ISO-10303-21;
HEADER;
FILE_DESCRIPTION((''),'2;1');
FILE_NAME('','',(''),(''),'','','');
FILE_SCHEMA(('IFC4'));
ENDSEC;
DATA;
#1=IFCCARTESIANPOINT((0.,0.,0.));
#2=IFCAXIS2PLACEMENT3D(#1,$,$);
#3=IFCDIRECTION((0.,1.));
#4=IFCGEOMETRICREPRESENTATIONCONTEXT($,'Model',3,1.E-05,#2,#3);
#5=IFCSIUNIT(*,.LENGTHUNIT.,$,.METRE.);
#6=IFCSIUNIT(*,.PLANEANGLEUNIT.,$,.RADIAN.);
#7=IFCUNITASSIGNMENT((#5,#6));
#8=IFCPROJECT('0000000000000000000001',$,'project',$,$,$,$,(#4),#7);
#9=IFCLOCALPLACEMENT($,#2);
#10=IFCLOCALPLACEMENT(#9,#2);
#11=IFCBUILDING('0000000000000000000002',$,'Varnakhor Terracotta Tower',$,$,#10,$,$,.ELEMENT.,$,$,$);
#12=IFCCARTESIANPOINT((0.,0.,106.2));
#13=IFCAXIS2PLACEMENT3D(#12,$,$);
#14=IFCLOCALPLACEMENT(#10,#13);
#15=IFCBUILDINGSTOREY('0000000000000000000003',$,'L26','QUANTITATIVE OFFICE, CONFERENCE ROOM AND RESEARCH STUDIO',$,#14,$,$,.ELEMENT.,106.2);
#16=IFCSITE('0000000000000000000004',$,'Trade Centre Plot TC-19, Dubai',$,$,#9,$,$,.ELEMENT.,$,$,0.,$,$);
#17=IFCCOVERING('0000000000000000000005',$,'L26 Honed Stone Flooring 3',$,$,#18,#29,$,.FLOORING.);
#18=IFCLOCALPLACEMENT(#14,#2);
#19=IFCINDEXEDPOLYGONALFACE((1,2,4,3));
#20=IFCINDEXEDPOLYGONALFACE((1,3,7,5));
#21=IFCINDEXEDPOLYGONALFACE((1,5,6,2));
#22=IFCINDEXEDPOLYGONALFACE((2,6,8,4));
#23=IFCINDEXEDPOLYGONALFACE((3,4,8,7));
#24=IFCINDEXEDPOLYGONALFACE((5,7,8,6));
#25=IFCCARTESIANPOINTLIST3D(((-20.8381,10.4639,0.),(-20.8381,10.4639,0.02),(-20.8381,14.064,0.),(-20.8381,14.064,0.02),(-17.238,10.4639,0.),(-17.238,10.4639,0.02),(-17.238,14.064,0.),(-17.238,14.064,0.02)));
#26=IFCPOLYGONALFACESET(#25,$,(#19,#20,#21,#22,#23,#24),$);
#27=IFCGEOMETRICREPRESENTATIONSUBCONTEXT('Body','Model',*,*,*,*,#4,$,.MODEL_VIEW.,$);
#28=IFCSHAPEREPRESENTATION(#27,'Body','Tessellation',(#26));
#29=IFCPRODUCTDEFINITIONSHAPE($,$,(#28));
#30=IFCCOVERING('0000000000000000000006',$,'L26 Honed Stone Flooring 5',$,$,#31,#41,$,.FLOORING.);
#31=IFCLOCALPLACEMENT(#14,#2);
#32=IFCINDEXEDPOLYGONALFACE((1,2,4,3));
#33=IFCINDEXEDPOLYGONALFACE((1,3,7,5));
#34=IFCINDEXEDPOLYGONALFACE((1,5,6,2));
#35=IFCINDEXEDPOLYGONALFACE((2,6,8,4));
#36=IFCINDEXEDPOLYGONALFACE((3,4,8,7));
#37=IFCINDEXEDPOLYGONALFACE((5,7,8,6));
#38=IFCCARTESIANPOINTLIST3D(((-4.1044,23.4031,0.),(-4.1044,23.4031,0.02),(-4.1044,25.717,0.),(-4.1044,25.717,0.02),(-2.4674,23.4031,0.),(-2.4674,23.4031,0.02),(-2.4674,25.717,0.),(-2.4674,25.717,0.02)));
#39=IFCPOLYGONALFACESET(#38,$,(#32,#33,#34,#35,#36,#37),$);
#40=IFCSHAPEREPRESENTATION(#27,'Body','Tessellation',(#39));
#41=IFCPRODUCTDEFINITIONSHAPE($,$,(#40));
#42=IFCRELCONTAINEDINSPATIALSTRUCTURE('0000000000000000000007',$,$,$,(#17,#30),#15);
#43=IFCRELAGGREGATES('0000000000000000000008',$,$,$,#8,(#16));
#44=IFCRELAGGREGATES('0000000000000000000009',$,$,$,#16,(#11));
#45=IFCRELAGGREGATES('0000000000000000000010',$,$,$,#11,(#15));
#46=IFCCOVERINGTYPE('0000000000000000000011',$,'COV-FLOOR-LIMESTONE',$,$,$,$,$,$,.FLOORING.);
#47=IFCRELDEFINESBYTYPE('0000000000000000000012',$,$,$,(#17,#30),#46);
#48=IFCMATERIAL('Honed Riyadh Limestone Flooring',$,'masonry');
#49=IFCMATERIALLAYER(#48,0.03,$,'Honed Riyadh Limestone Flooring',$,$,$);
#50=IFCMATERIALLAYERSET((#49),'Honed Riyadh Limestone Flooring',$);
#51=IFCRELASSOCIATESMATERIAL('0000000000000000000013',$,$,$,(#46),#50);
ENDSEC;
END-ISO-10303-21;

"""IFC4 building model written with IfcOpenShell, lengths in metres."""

from ifc_helpers import new_model, si_unit, direction, frame, origin, origin_2d, place, context, subcontext, project, spatial, rectangle, extrude, source, transform, mapped, material, layer, layer_set, type_object, element, save


model = new_model("IFC4")

# Units and contexts
model_context = context("Model", 3, precision=1e-05, world=origin(), true_north=direction((0.0, 1.0)))
body_context = subcontext(model_context, "Body", "Model", "MODEL_VIEW")
ifc_project = project(units=[si_unit("LENGTHUNIT", "METRE"), si_unit("PLANEANGLEUNIT", "RADIAN")], contexts=[model_context])

# Site, building, storey
site_placement = place(None, origin())
site = spatial("IfcSite", under=ifc_project, at=site_placement, Name="Trade Centre Plot TC-19, Dubai", CompositionType="ELEMENT", RefElevation=0.0)
building_placement = place(site_placement, origin())
building = spatial("IfcBuilding", under=site, at=building_placement, Name="Varnakhor Terracotta Tower", CompositionType="ELEMENT")
storey_placement = place(building_placement, frame((0.0, 0.0, 106.2)))
storey = spatial("IfcBuildingStorey", under=building, at=storey_placement, Name="L26", Description="QUANTITATIVE OFFICE, CONFERENCE ROOM AND RESEARCH STUDIO", CompositionType="ELEMENT", Elevation=106.2)

# Coverings
ifc_material_1 = material(Name="Honed Riyadh Limestone Flooring", Category="masonry")
ifc_layer_1 = layer(ifc_material_1, 0.03, Name="Honed Riyadh Limestone Flooring")
ifc_layer_set_1 = layer_set([ifc_layer_1], Name="Honed Riyadh Limestone Flooring")
covering_type_1 = type_object("IfcCoveringType", Name="COV-FLOOR-LIMESTONE", PredefinedType="FLOORING", material=ifc_layer_set_1)
shared_shape_1 = source(origin(), body_context, "Body", "SweptSolid", [
    extrude(rectangle(XDim=3.6001, YDim=3.6001, at=origin_2d()), origin(), (0.0, 0.0, 1.0), 0.02),
])
covering_1_placement = place(storey_placement, frame((-19.0381, 12.2639, 0.0), z_axis=(0.0, 0.0, 1.0), x_axis=(1.0, 0.0, 0.0)))
element("IfcCovering", 1, at=covering_1_placement, inside=storey, type_object=covering_type_1, Name="L26 Honed Stone Flooring 3", PredefinedType="FLOORING", context=body_context, shape_type="MappedRepresentation", body=[
    mapped(shared_shape_1, transform((0.0, 0.0, 0.0), scale=1.0)),
])
shared_shape_2 = source(origin(), body_context, "Body", "SweptSolid", [
    extrude(rectangle(XDim=1.637, YDim=2.314, at=origin_2d()), origin(), (0.0, 0.0, 1.0), 0.02),
])
covering_2_placement = place(storey_placement, frame((-3.2859, 24.5601, 0.0), z_axis=(0.0, 0.0, 1.0), x_axis=(1.0, 0.0, 0.0)))
element("IfcCovering", 2, at=covering_2_placement, inside=storey, type_object=covering_type_1, Name="L26 Honed Stone Flooring 5", PredefinedType="FLOORING", context=body_context, shape_type="MappedRepresentation", body=[
    mapped(shared_shape_2, transform((0.0, 0.0, 0.0), scale=1.0)),
])

save(model, "model.ifc")
